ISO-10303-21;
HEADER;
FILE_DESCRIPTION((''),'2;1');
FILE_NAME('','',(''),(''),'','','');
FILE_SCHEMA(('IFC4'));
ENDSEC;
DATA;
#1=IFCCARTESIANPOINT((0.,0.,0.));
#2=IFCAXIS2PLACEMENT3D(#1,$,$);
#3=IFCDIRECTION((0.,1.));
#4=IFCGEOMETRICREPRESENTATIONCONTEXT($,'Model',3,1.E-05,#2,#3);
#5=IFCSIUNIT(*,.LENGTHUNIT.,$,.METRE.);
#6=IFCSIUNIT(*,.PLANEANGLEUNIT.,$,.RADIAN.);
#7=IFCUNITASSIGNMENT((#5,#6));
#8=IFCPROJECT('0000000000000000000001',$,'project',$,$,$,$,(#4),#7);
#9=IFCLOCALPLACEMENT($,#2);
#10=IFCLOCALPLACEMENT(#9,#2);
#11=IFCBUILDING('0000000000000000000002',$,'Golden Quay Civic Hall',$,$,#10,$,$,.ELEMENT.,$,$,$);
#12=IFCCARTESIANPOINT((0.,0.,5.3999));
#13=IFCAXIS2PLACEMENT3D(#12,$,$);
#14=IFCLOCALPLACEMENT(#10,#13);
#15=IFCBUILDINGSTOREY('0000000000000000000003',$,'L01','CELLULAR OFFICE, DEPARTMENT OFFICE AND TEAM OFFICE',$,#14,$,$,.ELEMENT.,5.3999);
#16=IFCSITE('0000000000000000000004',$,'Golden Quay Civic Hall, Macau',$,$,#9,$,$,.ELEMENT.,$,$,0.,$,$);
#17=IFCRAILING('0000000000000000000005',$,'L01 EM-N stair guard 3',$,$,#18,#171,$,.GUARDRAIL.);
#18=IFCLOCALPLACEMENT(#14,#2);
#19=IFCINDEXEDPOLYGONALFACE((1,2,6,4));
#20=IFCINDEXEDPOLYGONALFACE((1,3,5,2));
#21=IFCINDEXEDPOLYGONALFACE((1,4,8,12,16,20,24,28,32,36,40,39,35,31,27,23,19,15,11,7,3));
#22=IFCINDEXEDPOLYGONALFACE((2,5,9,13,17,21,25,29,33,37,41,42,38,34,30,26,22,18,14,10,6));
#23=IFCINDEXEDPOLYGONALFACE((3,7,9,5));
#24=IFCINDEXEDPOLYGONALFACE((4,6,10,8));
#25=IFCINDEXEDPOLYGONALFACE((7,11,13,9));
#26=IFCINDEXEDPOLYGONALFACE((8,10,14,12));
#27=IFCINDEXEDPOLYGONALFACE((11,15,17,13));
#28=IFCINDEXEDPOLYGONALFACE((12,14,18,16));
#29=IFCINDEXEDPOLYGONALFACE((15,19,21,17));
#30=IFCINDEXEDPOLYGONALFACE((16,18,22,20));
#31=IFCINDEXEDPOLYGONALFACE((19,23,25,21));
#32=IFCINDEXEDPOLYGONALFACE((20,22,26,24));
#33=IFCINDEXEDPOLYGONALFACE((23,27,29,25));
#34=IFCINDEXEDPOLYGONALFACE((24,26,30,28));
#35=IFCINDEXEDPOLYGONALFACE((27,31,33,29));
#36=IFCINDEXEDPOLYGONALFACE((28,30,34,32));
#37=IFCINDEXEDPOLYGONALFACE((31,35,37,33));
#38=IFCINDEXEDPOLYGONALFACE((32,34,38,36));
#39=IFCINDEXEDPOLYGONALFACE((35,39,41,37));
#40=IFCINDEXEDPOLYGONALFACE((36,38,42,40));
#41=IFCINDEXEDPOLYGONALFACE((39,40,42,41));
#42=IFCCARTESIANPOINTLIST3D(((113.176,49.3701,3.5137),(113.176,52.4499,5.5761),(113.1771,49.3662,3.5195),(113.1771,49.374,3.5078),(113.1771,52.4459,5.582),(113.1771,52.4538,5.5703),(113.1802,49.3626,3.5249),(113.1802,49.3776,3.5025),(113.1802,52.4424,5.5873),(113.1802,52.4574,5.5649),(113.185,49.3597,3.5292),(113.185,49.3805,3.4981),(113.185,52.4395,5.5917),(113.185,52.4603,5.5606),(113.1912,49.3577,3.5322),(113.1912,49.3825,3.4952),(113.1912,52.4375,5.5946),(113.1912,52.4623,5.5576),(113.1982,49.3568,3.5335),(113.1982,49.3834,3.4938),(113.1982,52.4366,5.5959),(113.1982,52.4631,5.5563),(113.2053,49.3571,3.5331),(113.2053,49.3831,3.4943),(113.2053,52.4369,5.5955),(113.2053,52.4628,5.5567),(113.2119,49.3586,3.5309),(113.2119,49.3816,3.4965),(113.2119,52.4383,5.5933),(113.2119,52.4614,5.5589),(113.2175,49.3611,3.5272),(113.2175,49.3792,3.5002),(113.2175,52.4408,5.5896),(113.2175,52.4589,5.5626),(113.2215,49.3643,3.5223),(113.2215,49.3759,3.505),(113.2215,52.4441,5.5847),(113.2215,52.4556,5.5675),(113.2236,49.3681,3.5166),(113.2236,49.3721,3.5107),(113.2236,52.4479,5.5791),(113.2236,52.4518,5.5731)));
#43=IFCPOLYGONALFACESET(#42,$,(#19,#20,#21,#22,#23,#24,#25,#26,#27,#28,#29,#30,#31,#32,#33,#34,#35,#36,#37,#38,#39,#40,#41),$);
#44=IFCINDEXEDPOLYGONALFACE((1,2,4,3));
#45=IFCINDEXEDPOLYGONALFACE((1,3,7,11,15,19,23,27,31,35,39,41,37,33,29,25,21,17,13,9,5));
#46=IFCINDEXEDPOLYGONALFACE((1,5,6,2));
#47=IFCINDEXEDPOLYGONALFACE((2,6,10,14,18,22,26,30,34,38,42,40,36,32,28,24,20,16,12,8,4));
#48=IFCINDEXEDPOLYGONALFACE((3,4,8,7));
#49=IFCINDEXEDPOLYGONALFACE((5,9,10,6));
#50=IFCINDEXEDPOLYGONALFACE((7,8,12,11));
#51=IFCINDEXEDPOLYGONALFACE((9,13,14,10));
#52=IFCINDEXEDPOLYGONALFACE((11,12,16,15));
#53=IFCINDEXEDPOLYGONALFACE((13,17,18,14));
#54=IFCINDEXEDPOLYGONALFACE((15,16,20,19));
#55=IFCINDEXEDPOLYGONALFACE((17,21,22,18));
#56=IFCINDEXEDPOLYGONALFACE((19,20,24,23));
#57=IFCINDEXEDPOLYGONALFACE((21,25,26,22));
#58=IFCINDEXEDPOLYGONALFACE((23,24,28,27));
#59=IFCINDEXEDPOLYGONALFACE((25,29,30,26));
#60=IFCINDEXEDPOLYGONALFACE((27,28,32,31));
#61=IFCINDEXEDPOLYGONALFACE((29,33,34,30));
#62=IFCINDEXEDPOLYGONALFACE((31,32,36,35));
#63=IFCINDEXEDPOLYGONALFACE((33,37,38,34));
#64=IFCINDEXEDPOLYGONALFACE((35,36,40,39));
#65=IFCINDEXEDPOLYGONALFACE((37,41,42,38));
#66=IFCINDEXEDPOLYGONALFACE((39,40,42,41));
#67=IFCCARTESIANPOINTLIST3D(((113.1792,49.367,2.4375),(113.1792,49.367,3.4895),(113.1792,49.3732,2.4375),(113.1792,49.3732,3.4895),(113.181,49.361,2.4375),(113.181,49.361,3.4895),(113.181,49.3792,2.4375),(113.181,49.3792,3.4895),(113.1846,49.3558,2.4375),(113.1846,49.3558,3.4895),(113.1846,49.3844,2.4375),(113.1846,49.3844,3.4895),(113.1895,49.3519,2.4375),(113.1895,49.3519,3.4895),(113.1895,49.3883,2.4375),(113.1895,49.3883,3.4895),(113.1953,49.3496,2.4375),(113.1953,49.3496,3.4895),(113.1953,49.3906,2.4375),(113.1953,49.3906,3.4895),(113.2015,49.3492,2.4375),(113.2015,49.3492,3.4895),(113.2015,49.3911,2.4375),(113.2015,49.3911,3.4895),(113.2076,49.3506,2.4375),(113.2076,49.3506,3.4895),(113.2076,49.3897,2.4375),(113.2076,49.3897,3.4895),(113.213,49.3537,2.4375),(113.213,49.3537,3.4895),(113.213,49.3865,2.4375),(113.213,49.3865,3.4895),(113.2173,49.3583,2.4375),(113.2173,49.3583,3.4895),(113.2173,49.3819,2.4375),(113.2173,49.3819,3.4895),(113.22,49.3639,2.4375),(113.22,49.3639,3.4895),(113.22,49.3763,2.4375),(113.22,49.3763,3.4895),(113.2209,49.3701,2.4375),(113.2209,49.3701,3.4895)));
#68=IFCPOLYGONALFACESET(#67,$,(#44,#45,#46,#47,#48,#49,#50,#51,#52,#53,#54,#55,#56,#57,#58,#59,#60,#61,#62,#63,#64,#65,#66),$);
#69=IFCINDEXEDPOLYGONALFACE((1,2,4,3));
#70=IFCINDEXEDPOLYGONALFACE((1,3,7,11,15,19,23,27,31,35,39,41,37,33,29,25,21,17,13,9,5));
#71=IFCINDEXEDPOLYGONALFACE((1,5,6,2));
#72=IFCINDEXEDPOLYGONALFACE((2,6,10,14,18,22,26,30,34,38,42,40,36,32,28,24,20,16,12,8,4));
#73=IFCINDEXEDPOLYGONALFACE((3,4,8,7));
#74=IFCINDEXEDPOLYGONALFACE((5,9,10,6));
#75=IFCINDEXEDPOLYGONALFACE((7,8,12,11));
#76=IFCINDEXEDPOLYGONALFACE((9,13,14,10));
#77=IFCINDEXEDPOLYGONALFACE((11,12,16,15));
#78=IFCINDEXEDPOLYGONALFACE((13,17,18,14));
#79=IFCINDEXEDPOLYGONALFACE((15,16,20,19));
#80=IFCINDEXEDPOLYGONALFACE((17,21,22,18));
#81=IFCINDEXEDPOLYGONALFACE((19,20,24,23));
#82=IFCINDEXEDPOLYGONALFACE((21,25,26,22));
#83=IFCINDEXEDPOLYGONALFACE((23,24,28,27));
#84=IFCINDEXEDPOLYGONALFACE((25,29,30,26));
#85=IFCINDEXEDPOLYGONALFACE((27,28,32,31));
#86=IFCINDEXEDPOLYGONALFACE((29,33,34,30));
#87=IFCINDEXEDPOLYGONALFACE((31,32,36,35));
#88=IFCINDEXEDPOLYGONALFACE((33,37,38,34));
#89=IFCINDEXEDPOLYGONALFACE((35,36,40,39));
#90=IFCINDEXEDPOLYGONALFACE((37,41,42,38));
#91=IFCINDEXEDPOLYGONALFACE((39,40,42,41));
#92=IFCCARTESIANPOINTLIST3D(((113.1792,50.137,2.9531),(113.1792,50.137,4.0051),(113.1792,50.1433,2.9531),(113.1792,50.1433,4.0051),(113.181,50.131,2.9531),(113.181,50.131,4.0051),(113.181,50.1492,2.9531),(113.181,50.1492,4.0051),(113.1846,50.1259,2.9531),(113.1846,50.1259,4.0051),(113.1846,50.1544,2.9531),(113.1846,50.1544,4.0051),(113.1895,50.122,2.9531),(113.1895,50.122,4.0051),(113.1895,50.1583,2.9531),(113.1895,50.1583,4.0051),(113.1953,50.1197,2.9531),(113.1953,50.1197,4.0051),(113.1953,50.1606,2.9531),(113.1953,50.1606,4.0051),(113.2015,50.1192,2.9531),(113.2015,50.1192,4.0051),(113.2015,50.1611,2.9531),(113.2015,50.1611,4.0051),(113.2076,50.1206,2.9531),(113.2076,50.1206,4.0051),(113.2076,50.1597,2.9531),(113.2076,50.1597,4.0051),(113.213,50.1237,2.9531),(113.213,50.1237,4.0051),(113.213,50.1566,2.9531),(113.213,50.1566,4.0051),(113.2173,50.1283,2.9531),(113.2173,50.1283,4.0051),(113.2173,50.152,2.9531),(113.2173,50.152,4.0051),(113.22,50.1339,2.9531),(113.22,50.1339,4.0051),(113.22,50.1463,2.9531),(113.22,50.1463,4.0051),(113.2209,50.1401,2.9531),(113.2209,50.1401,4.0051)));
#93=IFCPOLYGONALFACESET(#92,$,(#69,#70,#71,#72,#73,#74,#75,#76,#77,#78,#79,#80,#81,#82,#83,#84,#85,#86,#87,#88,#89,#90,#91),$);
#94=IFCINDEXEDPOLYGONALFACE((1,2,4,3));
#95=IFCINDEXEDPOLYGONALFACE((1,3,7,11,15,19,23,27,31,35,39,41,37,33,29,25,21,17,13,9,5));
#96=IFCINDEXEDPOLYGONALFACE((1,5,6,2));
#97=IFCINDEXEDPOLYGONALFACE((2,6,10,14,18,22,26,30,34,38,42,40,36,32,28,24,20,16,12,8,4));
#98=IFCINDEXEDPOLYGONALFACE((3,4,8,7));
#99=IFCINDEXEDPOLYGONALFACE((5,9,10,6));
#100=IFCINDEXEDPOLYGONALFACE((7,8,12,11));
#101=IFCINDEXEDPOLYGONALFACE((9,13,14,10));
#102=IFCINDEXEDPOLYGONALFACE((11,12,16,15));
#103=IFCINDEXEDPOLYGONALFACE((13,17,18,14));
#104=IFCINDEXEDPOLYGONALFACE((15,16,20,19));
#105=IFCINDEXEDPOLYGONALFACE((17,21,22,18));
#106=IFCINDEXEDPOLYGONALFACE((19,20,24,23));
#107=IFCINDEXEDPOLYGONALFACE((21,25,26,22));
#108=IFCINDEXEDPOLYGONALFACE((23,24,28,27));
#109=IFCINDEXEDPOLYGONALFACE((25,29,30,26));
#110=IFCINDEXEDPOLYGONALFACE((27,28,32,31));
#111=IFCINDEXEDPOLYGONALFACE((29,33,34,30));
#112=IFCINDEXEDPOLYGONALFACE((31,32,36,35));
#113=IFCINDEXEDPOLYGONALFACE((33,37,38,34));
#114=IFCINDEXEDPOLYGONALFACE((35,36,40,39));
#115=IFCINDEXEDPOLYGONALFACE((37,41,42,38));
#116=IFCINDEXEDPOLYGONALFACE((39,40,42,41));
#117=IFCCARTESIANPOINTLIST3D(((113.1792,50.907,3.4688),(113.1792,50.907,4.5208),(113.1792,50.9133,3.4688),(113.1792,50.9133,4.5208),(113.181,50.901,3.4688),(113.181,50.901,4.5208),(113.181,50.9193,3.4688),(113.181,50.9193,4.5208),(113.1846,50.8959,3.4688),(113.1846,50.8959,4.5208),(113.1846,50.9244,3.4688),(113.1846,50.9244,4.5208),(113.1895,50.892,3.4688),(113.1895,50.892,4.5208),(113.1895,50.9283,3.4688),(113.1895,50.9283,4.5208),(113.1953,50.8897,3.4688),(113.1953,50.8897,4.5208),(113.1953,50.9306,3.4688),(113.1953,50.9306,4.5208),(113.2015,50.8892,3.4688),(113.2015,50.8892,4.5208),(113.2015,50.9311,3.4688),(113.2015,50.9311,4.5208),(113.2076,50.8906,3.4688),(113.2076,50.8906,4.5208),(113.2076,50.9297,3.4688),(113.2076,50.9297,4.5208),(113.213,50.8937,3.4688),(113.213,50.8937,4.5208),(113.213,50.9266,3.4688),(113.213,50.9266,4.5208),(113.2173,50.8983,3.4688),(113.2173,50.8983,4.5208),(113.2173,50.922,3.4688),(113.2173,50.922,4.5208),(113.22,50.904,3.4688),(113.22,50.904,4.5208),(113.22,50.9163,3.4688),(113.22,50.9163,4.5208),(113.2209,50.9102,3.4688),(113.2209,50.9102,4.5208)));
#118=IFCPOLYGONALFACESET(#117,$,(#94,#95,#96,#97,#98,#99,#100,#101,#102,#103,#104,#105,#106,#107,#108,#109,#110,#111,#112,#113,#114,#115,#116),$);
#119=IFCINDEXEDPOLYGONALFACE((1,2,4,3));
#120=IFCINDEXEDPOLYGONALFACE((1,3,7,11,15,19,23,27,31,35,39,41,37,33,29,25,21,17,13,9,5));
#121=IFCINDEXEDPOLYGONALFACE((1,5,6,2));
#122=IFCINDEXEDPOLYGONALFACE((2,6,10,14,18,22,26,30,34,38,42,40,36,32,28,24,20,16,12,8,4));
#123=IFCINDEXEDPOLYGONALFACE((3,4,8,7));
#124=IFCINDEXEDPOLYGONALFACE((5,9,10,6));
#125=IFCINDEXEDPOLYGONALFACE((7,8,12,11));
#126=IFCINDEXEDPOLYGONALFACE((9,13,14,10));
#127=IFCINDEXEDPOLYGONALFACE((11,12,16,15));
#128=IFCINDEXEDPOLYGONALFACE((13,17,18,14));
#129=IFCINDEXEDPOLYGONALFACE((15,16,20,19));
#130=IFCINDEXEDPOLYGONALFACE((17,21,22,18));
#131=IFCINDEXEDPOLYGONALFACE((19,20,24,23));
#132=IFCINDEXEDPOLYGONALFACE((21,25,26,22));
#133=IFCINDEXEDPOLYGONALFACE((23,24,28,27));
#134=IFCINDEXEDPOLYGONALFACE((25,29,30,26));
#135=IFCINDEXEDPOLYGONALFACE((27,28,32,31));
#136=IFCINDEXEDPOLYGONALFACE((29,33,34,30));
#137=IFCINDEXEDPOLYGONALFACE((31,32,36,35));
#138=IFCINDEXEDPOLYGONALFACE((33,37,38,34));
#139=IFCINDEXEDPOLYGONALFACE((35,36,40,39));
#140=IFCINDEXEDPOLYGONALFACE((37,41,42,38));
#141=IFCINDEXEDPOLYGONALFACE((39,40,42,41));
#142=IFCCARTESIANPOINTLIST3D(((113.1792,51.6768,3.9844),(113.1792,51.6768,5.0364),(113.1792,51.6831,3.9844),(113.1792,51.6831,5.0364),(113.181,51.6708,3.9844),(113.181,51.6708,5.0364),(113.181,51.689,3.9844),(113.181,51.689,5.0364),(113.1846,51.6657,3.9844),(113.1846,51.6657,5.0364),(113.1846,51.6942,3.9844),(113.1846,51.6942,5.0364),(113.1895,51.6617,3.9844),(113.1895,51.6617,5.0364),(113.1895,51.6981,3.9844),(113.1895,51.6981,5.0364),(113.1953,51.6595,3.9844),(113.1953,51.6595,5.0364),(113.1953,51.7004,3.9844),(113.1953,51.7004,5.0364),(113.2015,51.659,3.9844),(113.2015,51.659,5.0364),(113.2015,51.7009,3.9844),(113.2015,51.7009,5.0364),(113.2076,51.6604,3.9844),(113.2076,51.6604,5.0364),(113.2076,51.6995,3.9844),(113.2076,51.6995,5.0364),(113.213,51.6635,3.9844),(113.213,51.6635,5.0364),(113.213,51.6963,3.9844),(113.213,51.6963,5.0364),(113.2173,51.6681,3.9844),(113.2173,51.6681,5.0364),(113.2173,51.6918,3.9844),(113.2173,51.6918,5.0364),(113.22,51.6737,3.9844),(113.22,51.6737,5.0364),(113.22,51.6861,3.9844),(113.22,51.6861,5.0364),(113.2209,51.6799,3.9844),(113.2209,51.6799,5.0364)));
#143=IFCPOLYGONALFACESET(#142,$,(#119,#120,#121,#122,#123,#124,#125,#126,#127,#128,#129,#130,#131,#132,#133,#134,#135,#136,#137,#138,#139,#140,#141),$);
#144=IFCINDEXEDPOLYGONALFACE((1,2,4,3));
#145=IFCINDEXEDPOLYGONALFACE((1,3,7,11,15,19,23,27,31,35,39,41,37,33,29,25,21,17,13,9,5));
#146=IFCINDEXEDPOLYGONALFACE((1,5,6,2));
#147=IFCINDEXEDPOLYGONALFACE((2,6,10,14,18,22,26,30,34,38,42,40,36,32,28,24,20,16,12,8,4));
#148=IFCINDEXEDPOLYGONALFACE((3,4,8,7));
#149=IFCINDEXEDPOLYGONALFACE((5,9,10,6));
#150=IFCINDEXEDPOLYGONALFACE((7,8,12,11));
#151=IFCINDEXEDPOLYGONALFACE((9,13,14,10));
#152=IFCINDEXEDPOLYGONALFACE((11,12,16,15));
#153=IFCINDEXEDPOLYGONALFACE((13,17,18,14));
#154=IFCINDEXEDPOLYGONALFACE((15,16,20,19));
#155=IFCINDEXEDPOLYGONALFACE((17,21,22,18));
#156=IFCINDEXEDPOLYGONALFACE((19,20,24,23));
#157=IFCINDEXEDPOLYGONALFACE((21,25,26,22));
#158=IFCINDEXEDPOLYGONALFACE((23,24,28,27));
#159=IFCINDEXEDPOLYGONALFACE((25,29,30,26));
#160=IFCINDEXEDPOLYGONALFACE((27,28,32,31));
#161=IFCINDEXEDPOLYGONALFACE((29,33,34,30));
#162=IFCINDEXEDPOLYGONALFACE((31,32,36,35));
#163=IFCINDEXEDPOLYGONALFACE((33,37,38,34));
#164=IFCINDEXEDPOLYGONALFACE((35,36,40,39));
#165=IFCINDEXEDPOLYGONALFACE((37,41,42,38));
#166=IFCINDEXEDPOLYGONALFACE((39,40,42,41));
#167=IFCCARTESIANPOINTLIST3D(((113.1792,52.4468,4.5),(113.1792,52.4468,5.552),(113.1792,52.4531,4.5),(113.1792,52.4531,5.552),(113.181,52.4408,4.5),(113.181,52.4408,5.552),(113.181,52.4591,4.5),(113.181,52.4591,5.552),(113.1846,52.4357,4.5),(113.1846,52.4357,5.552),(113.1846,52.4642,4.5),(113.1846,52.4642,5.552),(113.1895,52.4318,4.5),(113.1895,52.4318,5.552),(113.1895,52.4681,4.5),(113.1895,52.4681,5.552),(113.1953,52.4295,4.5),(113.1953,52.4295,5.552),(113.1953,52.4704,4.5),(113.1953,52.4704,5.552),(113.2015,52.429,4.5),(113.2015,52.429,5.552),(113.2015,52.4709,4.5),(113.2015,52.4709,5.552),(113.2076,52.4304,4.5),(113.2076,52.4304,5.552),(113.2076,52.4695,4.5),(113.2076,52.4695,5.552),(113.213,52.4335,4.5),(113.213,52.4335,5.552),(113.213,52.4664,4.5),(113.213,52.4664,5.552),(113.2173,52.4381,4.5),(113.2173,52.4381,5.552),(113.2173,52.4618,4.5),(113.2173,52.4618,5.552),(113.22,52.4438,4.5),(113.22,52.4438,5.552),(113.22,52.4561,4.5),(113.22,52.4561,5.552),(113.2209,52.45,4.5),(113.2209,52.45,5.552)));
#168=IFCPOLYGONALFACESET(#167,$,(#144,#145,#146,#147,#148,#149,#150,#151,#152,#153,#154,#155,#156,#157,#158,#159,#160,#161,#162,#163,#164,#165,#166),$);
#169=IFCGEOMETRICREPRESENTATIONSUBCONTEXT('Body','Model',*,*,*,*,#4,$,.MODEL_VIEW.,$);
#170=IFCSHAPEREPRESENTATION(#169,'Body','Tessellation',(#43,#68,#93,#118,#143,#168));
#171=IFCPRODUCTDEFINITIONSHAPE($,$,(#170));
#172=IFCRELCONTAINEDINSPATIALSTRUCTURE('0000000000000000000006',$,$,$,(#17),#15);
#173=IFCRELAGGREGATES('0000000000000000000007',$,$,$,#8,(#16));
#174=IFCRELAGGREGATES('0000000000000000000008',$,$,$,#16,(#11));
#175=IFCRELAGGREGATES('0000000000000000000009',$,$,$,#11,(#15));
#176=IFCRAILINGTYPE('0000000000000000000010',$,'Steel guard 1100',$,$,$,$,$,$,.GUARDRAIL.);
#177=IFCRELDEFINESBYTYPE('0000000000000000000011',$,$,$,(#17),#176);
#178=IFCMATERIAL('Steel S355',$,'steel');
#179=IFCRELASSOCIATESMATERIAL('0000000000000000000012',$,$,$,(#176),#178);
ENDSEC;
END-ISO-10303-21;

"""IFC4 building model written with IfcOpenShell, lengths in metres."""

from ifc_helpers import new_model, si_unit, direction, frame, origin, origin_2d, place, context, subcontext, project, spatial, circle, extrude, material, type_object, element, save


model = new_model("IFC4")

# Units and contexts
model_context = context("Model", 3, precision=1e-05, world=origin(), true_north=direction((0.0, 1.0)))
body_context = subcontext(model_context, "Body", "Model", "MODEL_VIEW")
ifc_project = project(units=[si_unit("LENGTHUNIT", "METRE"), si_unit("PLANEANGLEUNIT", "RADIAN")], contexts=[model_context])

# Site, building, storey
site_placement = place(None, origin())
site = spatial("IfcSite", under=ifc_project, at=site_placement, Name="Golden Quay Civic Hall, Macau", CompositionType="ELEMENT", RefElevation=0.0)
building_placement = place(site_placement, origin())
building = spatial("IfcBuilding", under=site, at=building_placement, Name="Golden Quay Civic Hall", CompositionType="ELEMENT")
storey_placement = place(building_placement, frame((0.0, 0.0, 5.3999)))
storey = spatial("IfcBuildingStorey", under=building, at=storey_placement, Name="L01", Description="CELLULAR OFFICE, DEPARTMENT OFFICE AND TEAM OFFICE", CompositionType="ELEMENT", Elevation=5.3999)

# Railing
ifc_material_1 = material(Name="Steel S355", Category="steel")
railing_type_1 = type_object("IfcRailingType", Name="Steel guard 1100", PredefinedType="GUARDRAIL", material=ifc_material_1)
railing_1_placement = place(storey_placement, frame((113.2, 49.3701, 2.4375)))
element("IfcRailing", 1, at=railing_1_placement, inside=storey, type_object=railing_type_1, Name="L01 EM-N stair guard 3", PredefinedType="GUARDRAIL", context=body_context, shape_type="SweptSolid", body=[
    extrude(circle(Radius=0.0239, at=origin_2d()), frame((0.0, 0.0, 1.0762), z_axis=(0.0, 0.830893, 0.556432), x_axis=(-1.0, 0.0, 0.0)), (0.0, 0.0, 1.0), 3.7065),
    extrude(circle(Radius=0.021, at=origin_2d()), origin(), (0.0, 0.0, 1.0), 1.052),
    extrude(circle(Radius=0.021, at=origin_2d()), frame((0.0, 0.77, 0.5156)), (0.0, 0.0, 1.0), 1.052),
    extrude(circle(Radius=0.021, at=origin_2d()), frame((0.0, 1.54, 1.0312)), (0.0, 0.0, 1.0), 1.052),
    extrude(circle(Radius=0.021, at=origin_2d()), frame((0.0, 2.3098, 1.5469)), (0.0, 0.0, 1.0), 1.052),
    extrude(circle(Radius=0.021, at=origin_2d()), frame((0.0, 3.0798, 2.0625)), (0.0, 0.0, 1.0), 1.052),
])

save(model, "model.ifc")
